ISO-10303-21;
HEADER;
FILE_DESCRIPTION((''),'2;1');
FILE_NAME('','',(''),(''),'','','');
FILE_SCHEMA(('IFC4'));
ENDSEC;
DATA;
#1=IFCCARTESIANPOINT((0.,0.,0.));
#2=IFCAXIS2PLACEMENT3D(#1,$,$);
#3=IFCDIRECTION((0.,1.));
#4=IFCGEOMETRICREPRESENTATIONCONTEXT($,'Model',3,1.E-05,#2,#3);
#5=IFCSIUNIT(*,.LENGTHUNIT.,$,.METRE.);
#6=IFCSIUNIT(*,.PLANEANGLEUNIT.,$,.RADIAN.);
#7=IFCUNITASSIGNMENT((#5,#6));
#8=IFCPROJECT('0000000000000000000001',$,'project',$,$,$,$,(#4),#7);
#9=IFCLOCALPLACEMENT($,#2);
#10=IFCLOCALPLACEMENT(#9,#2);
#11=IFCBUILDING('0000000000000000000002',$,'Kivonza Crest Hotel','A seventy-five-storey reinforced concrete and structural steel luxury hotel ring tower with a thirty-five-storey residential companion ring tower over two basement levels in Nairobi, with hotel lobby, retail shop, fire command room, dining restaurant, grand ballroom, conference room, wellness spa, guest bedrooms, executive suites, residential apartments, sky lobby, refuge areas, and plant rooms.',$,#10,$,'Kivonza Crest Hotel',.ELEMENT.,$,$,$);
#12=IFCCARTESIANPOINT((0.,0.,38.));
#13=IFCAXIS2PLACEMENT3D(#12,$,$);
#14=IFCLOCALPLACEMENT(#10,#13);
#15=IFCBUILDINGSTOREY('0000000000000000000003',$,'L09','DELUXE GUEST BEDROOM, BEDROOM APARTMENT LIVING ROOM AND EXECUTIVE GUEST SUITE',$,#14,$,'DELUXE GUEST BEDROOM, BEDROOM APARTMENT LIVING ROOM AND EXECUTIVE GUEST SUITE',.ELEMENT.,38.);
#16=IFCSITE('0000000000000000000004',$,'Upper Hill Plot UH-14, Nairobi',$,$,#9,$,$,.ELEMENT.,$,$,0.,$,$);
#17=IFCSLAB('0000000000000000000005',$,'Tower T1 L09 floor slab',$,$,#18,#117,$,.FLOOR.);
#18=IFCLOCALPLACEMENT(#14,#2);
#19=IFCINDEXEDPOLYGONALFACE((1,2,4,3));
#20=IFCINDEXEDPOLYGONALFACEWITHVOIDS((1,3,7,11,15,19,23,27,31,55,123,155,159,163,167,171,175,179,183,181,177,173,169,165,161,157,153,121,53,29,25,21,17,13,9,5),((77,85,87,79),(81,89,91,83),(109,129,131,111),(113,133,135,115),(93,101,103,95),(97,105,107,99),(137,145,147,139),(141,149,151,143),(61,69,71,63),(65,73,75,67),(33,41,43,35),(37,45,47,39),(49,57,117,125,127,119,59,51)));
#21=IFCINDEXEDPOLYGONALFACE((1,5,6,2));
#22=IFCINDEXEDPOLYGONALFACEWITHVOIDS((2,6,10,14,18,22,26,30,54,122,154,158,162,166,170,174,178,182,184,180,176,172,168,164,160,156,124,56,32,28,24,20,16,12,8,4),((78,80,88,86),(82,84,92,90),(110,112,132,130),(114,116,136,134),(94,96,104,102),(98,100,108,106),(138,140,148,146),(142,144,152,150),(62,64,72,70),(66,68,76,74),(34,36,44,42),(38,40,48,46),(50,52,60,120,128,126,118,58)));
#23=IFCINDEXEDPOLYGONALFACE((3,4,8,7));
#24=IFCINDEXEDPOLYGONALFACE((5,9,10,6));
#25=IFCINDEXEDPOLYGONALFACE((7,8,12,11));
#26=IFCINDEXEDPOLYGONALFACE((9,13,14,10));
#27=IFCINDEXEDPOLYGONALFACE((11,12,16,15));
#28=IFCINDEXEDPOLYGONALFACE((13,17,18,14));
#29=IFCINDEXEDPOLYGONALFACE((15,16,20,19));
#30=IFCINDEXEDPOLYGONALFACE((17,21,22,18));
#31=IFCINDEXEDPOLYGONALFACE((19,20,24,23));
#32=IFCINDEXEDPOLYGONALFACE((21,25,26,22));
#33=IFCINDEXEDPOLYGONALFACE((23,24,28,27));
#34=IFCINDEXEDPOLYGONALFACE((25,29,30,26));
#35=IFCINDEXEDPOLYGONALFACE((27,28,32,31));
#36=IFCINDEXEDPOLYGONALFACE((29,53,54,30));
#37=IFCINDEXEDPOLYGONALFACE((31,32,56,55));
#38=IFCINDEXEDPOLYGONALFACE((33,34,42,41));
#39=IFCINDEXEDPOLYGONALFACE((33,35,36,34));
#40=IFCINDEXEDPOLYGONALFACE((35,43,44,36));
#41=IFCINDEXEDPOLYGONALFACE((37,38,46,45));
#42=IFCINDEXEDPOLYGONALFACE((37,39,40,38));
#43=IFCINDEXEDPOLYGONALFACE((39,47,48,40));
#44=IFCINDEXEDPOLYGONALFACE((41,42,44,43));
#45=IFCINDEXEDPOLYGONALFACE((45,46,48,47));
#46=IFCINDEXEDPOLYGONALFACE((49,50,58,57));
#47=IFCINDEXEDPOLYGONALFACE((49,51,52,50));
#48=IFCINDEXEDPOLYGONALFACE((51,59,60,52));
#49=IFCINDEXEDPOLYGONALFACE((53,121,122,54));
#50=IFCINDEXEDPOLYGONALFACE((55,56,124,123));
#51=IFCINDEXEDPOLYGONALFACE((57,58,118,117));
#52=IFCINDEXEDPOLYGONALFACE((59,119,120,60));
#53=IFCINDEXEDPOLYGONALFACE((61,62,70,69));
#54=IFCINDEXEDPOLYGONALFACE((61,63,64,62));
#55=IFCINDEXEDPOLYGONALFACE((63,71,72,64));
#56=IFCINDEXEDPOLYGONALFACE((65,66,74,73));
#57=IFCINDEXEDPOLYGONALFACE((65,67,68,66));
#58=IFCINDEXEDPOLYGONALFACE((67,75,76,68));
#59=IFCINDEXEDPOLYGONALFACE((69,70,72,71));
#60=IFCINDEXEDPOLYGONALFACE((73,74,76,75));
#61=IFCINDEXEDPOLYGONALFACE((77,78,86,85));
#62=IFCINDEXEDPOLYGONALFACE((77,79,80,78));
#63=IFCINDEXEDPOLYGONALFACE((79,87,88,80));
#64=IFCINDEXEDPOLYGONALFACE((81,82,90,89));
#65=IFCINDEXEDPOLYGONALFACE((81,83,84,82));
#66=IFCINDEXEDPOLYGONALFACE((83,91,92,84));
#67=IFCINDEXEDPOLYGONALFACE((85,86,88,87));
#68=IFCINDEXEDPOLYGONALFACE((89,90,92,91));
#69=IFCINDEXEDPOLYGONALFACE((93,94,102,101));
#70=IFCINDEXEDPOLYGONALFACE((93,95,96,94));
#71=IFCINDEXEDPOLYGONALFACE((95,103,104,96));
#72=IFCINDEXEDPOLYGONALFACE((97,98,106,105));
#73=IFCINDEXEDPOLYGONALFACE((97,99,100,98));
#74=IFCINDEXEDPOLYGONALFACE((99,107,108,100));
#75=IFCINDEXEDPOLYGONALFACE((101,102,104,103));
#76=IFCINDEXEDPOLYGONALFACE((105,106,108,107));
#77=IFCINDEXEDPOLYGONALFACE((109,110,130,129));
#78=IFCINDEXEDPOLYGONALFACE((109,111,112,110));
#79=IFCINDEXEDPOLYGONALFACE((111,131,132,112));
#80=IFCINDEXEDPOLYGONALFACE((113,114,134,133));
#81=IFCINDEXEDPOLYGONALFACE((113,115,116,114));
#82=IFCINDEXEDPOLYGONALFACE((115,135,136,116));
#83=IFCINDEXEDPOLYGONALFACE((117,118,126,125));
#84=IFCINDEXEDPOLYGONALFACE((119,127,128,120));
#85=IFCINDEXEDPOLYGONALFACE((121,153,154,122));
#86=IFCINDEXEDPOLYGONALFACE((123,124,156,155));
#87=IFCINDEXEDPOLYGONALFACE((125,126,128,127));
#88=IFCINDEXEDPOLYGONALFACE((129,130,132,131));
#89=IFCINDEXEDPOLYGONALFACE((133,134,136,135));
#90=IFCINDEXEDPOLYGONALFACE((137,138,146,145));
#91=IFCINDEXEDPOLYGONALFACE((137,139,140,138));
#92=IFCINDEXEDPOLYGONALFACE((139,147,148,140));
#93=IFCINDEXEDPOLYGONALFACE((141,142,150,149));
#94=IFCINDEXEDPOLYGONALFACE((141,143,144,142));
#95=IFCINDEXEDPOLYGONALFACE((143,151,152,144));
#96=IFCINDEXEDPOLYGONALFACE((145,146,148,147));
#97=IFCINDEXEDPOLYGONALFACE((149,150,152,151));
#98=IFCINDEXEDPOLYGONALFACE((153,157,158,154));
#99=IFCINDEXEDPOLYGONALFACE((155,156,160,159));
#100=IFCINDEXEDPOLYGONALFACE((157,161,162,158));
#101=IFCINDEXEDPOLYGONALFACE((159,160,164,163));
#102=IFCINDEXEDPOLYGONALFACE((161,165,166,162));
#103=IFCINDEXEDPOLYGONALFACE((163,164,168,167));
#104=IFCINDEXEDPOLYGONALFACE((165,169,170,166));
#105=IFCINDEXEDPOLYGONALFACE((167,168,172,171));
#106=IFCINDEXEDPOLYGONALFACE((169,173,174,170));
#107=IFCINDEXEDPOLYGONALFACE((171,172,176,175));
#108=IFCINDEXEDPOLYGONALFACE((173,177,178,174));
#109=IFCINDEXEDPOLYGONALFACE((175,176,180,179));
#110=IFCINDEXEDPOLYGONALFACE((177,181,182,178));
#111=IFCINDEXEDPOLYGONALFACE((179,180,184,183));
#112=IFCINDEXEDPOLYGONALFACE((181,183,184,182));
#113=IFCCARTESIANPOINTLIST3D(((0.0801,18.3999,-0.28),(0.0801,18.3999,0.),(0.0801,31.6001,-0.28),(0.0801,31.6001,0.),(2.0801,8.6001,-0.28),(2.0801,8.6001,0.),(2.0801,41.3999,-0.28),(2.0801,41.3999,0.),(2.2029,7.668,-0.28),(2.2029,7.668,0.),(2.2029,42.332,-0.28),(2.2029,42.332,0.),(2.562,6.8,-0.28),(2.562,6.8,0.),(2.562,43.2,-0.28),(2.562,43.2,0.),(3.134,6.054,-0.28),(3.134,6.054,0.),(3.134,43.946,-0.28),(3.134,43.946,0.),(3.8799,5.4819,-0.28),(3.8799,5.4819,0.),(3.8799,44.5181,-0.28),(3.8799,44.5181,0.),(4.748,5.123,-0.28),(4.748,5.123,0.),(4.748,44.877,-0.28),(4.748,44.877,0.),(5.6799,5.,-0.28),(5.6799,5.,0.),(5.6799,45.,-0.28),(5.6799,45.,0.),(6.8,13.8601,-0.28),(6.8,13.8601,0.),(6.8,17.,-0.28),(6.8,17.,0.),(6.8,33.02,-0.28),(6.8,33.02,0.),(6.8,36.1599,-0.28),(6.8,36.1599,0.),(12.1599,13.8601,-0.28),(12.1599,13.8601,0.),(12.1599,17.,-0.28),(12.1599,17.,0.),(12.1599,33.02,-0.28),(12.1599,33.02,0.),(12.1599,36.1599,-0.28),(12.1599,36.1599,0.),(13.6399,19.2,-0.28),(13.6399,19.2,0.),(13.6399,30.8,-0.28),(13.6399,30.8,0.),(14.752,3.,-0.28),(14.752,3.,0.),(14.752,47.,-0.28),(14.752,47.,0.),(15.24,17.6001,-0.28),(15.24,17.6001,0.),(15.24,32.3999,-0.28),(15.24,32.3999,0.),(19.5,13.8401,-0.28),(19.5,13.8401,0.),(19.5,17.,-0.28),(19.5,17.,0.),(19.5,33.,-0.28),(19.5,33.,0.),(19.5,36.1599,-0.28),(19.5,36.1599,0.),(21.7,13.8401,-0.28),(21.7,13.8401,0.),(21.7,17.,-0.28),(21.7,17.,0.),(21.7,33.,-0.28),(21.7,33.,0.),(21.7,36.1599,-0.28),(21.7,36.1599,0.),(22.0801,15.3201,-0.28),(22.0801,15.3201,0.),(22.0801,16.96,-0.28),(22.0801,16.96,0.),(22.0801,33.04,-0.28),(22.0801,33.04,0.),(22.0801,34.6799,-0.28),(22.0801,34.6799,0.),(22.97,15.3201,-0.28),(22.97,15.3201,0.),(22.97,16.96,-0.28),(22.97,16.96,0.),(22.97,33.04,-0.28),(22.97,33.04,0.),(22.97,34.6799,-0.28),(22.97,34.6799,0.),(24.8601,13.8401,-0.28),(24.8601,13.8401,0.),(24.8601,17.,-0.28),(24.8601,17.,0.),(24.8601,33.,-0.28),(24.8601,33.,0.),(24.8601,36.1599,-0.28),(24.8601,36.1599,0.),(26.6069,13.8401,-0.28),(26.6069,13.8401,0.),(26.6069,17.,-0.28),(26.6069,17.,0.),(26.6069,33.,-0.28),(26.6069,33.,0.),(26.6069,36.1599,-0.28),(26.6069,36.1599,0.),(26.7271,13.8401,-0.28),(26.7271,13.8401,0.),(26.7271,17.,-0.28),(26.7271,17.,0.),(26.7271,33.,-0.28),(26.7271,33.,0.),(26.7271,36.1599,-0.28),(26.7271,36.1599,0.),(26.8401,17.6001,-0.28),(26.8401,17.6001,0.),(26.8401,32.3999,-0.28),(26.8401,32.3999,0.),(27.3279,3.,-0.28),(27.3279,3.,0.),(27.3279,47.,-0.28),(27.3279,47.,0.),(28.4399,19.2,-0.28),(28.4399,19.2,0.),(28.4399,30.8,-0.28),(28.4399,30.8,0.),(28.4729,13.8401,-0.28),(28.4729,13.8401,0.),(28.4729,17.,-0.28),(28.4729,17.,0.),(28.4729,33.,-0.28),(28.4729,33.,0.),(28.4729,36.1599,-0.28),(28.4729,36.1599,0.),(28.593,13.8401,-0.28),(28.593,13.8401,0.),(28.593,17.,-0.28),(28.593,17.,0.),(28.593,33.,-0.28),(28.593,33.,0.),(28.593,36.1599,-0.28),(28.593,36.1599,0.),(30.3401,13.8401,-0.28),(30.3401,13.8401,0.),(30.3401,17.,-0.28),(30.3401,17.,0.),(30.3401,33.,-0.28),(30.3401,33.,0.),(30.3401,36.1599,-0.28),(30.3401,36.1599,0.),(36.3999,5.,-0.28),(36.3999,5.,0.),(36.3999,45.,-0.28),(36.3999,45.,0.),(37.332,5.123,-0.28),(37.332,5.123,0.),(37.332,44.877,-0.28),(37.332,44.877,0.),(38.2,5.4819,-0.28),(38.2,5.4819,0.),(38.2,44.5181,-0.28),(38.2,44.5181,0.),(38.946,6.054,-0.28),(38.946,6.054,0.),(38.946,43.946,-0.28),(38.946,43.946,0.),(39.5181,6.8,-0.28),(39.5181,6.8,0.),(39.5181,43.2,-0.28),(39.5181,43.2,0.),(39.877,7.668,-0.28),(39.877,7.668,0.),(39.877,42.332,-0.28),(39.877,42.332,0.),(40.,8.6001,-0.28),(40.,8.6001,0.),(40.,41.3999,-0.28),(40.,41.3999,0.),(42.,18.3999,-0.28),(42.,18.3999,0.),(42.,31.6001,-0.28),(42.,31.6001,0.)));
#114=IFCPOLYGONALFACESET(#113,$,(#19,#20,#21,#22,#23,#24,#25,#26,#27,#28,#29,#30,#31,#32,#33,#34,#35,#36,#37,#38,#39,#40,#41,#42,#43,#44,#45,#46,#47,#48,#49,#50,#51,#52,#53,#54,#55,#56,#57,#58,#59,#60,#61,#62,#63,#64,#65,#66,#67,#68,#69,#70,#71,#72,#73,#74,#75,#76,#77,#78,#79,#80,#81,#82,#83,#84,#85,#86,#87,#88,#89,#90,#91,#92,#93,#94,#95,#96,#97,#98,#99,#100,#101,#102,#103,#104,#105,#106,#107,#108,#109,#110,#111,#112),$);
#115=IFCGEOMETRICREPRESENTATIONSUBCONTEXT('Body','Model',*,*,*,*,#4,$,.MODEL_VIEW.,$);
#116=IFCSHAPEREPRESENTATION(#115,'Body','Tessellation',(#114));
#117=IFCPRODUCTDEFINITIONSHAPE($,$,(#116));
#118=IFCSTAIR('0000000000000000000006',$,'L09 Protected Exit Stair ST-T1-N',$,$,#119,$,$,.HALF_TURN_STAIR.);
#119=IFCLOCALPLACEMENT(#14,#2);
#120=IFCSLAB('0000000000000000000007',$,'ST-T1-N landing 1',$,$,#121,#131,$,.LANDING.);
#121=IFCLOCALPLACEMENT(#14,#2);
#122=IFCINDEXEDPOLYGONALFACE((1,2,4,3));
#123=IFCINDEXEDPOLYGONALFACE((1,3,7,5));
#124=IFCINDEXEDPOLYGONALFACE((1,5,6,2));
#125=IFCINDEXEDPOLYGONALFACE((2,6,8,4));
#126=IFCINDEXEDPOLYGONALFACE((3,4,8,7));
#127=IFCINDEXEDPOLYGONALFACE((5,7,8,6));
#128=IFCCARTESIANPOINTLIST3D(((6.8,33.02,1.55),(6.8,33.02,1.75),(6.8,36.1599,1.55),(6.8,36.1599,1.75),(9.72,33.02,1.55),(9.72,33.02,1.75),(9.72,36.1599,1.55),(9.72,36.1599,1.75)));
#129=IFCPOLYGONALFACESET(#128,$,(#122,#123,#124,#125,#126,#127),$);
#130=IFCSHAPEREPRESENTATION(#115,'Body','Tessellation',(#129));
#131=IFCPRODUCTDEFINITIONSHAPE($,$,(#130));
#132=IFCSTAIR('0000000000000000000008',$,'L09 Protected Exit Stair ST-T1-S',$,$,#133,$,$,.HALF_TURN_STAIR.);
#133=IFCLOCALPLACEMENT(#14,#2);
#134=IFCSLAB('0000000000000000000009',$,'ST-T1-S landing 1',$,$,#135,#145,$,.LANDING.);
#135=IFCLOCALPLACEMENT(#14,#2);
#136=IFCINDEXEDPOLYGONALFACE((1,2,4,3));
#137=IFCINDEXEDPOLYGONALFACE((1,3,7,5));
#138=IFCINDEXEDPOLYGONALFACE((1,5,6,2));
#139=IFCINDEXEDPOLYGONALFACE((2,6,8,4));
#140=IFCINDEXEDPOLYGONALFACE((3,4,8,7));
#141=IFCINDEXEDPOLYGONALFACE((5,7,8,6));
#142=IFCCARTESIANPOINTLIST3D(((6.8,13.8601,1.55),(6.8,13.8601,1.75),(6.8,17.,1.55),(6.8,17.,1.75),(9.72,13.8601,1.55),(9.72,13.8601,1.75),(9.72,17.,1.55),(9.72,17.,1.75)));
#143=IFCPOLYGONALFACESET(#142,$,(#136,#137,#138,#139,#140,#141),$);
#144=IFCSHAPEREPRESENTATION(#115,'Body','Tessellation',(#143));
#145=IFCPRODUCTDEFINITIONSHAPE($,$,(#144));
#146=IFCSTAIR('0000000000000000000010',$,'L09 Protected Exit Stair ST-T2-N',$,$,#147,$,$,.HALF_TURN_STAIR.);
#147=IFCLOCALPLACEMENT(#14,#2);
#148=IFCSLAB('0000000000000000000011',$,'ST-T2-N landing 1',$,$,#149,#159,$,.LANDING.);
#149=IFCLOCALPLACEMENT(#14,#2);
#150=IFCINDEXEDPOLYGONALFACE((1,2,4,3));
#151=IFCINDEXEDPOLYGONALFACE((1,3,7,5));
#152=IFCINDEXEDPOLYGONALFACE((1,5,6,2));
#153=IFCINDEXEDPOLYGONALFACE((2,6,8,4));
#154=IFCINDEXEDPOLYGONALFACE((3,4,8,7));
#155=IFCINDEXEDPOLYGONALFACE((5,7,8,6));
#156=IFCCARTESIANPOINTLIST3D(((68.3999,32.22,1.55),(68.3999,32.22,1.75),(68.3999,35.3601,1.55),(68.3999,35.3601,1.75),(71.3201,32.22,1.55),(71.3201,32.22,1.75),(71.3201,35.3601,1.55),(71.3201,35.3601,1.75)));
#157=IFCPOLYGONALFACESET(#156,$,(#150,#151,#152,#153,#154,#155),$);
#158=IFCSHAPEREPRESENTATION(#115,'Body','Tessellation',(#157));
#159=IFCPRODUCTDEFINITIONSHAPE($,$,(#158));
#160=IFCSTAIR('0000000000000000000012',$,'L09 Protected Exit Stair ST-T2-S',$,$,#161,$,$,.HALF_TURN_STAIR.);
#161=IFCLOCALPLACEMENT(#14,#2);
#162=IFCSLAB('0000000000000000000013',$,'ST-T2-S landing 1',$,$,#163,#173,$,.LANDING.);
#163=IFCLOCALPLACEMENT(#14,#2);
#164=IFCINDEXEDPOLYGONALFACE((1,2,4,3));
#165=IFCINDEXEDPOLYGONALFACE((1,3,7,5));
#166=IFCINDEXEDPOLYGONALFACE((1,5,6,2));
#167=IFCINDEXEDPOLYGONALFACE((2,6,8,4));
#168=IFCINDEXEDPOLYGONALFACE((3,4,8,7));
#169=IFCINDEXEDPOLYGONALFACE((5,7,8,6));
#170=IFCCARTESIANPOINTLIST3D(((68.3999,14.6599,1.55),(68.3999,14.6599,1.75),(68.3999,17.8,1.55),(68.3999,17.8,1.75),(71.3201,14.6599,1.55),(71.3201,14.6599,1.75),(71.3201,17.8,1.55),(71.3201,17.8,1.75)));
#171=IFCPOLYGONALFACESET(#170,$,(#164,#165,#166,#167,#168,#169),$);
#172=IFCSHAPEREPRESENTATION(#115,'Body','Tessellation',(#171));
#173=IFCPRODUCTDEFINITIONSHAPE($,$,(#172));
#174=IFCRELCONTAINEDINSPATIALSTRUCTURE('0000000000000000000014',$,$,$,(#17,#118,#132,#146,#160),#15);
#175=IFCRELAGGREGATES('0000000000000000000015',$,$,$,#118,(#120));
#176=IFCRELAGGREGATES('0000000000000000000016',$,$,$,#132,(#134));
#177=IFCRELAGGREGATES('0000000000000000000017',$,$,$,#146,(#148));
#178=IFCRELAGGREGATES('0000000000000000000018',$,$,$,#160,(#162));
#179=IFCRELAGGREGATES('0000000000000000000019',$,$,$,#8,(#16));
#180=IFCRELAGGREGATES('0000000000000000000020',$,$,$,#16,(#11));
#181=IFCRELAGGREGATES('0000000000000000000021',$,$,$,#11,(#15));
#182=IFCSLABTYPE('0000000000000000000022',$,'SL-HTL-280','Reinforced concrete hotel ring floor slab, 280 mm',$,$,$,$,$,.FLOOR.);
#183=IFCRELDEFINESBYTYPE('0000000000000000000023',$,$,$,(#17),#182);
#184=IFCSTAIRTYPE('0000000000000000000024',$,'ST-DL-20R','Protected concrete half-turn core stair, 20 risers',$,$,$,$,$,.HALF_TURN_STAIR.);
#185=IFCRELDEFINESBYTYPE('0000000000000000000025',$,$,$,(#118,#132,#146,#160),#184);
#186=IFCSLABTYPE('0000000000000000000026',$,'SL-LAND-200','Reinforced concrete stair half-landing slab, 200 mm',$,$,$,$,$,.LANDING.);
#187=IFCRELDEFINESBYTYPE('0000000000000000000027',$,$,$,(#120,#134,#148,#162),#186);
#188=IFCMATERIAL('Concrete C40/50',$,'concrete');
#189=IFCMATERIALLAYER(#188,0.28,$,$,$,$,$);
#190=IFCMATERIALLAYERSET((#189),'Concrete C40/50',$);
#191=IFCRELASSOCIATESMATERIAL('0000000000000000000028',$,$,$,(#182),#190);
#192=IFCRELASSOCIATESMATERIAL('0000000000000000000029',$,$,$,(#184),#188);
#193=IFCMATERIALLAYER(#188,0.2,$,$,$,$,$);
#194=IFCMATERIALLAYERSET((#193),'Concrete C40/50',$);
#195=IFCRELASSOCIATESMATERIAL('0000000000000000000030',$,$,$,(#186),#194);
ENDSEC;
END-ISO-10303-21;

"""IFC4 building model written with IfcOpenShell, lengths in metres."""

from ifc_helpers import new_model, si_unit, direction, frame, origin, place, context, subcontext, project, spatial, polyline, outline, extrude, material, layer, layer_set, type_object, element, aggregate, save


model = new_model("IFC4")

# Units and contexts
model_context = context("Model", 3, precision=1e-05, world=origin(), true_north=direction((0.0, 1.0)))
body_context = subcontext(model_context, "Body", "Model", "MODEL_VIEW")
ifc_project = project(units=[si_unit("LENGTHUNIT", "METRE"), si_unit("PLANEANGLEUNIT", "RADIAN")], contexts=[model_context])

# Site, building, storey
site_placement = place(None, origin())
site = spatial("IfcSite", under=ifc_project, at=site_placement, Name="Upper Hill Plot UH-14, Nairobi", CompositionType="ELEMENT", RefElevation=0.0)
building_placement = place(site_placement, origin())
building = spatial("IfcBuilding", under=site, at=building_placement, Name="Kivonza Crest Hotel", Description="A seventy-five-storey reinforced concrete and structural steel luxury hotel ring tower with a thirty-five-storey residential companion ring tower over two basement levels in Nairobi, with hotel lobby, retail shop, fire command room, dining restaurant, grand ballroom, conference room, wellness spa, guest bedrooms, executive suites, residential apartments, sky lobby, refuge areas, and plant rooms.", LongName="Kivonza Crest Hotel", CompositionType="ELEMENT")
storey_placement = place(building_placement, frame((0.0, 0.0, 38.0)))
storey = spatial("IfcBuildingStorey", under=building, at=storey_placement, Name="L09", Description="DELUXE GUEST BEDROOM, BEDROOM APARTMENT LIVING ROOM AND EXECUTIVE GUEST SUITE", LongName="DELUXE GUEST BEDROOM, BEDROOM APARTMENT LIVING ROOM AND EXECUTIVE GUEST SUITE", CompositionType="ELEMENT", Elevation=38.0)

# Slab
ifc_material_1 = material(Name="Concrete C40/50", Category="concrete")
ifc_layer_1 = layer(ifc_material_1, 0.28)
ifc_layer_set_1 = layer_set([ifc_layer_1], Name="Concrete C40/50")
slab_type_1 = type_object("IfcSlabType", Name="SL-HTL-280", Description="Reinforced concrete hotel ring floor slab, 280 mm", PredefinedType="FLOOR", material=ifc_layer_set_1)
slab_1_placement = place(storey_placement, frame((0.0, 0.0, -0.28)))
element("IfcSlab", 1, at=slab_1_placement, inside=storey, type_object=slab_type_1, Name="Tower T1 L09 floor slab", PredefinedType="FLOOR", context=body_context, shape_type="SweptSolid", body=[
    extrude(outline(polyline([(2.0801, 8.6001), (2.2029, 7.668), (2.562, 6.8), (3.134, 6.054), (3.8799, 5.4819), (4.748, 5.123), (5.6799, 5.0), (14.752, 3.0), (27.3279, 3.0), (36.3999, 5.0), (37.332, 5.123), (38.2, 5.4819), (38.946, 6.054), (39.5181, 6.8), (39.877, 7.668), (40.0, 8.6001), (42.0, 18.3999), (42.0, 31.6001), (40.0, 41.3999), (39.877, 42.332), (39.5181, 43.2), (38.946, 43.946), (38.2, 44.5181), (37.332, 44.877), (36.3999, 45.0), (27.3279, 47.0), (14.752, 47.0), (5.6799, 45.0), (4.748, 44.877), (3.8799, 44.5181), (3.134, 43.946), (2.562, 43.2), (2.2029, 42.332), (2.0801, 41.3999), (0.0801, 31.6001), (0.0801, 18.3999), (2.0801, 8.6001)]), holes=[polyline([(15.24, 17.6001), (26.8401, 17.6001), (28.4399, 19.2), (28.4399, 30.8), (26.8401, 32.3999), (15.24, 32.3999), (13.6399, 30.8), (13.6399, 19.2), (15.24, 17.6001)]), polyline([(6.8, 33.02), (12.1599, 33.02), (12.1599, 36.1599), (6.8, 36.1599), (6.8, 33.02)]), polyline([(6.8, 13.8601), (12.1599, 13.8601), (12.1599, 17.0), (6.8, 17.0), (6.8, 13.8601)]), polyline([(22.0801, 33.04), (22.97, 33.04), (22.97, 34.6799), (22.0801, 34.6799), (22.0801, 33.04)]), polyline([(22.0801, 15.3201), (22.97, 15.3201), (22.97, 16.96), (22.0801, 16.96), (22.0801, 15.3201)]), polyline([(19.5, 33.0), (21.7, 33.0), (21.7, 36.1599), (19.5, 36.1599), (19.5, 33.0)]), polyline([(24.8601, 33.0), (26.6069, 33.0), (26.6069, 36.1599), (24.8601, 36.1599), (24.8601, 33.0)]), polyline([(26.7271, 33.0), (28.4729, 33.0), (28.4729, 36.1599), (26.7271, 36.1599), (26.7271, 33.0)]), polyline([(28.593, 33.0), (30.3401, 33.0), (30.3401, 36.1599), (28.593, 36.1599), (28.593, 33.0)]), polyline([(19.5, 13.8401), (21.7, 13.8401), (21.7, 17.0), (19.5, 17.0), (19.5, 13.8401)]), polyline([(24.8601, 13.8401), (26.6069, 13.8401), (26.6069, 17.0), (24.8601, 17.0), (24.8601, 13.8401)]), polyline([(26.7271, 13.8401), (28.4729, 13.8401), (28.4729, 17.0), (26.7271, 17.0), (26.7271, 13.8401)]), polyline([(28.593, 13.8401), (30.3401, 13.8401), (30.3401, 17.0), (28.593, 17.0), (28.593, 13.8401)])]), origin(), (0.0, 0.0, 1.0), 0.28),
])

# Stairs, slabs
stair_type = type_object("IfcStairType", Name="ST-DL-20R", Description="Protected concrete half-turn core stair, 20 risers", PredefinedType="HALF_TURN_STAIR", material=ifc_material_1)
stair_1_placement = place(storey_placement, origin())
stair_1 = element("IfcStair", 2, at=stair_1_placement, inside=storey, type_object=stair_type, Name="L09 Protected Exit Stair ST-T1-N", PredefinedType="HALF_TURN_STAIR")
ifc_layer_2 = layer(ifc_material_1, 0.2)
ifc_layer_set_2 = layer_set([ifc_layer_2], Name="Concrete C40/50")
slab_type_2 = type_object("IfcSlabType", Name="SL-LAND-200", Description="Reinforced concrete stair half-landing slab, 200 mm", PredefinedType="LANDING", material=ifc_layer_set_2)
slab_2_placement = place(storey_placement, frame((0.0, 0.0, 1.55)))
slab_2 = element("IfcSlab", 3, at=slab_2_placement, type_object=slab_type_2, Name="ST-T1-N landing 1", PredefinedType="LANDING", context=body_context, shape_type="SweptSolid", body=[
    extrude(outline(polyline([(9.72, 36.1599), (6.8, 36.1599), (6.8, 33.02), (9.72, 33.02), (9.72, 36.1599)])), origin(), (0.0, 0.0, 1.0), 0.2),
])
aggregate(stair_1, [slab_2])
stair_2_placement = place(storey_placement, origin())
stair_2 = element("IfcStair", 4, at=stair_2_placement, inside=storey, type_object=stair_type, Name="L09 Protected Exit Stair ST-T1-S", PredefinedType="HALF_TURN_STAIR")
slab_3_placement = place(storey_placement, frame((0.0, 0.0, 1.55)))
slab_3 = element("IfcSlab", 5, at=slab_3_placement, type_object=slab_type_2, Name="ST-T1-S landing 1", PredefinedType="LANDING", context=body_context, shape_type="SweptSolid", body=[
    extrude(outline(polyline([(9.72, 17.0), (6.8, 17.0), (6.8, 13.8601), (9.72, 13.8601), (9.72, 17.0)])), origin(), (0.0, 0.0, 1.0), 0.2),
])
aggregate(stair_2, [slab_3])
stair_3_placement = place(storey_placement, origin())
stair_3 = element("IfcStair", 6, at=stair_3_placement, inside=storey, type_object=stair_type, Name="L09 Protected Exit Stair ST-T2-N", PredefinedType="HALF_TURN_STAIR")
slab_4_placement = place(storey_placement, frame((0.0, 0.0, 1.55)))
slab_4 = element("IfcSlab", 7, at=slab_4_placement, type_object=slab_type_2, Name="ST-T2-N landing 1", PredefinedType="LANDING", context=body_context, shape_type="SweptSolid", body=[
    extrude(outline(polyline([(71.3201, 35.3601), (68.3999, 35.3601), (68.3999, 32.22), (71.3201, 32.22), (71.3201, 35.3601)])), origin(), (0.0, 0.0, 1.0), 0.2),
])
aggregate(stair_3, [slab_4])
stair_4_placement = place(storey_placement, origin())
stair_4 = element("IfcStair", 8, at=stair_4_placement, inside=storey, type_object=stair_type, Name="L09 Protected Exit Stair ST-T2-S", PredefinedType="HALF_TURN_STAIR")
slab_5_placement = place(storey_placement, frame((0.0, 0.0, 1.55)))
slab_5 = element("IfcSlab", 9, at=slab_5_placement, type_object=slab_type_2, Name="ST-T2-S landing 1", PredefinedType="LANDING", context=body_context, shape_type="SweptSolid", body=[
    extrude(outline(polyline([(71.3201, 17.8), (68.3999, 17.8), (68.3999, 14.6599), (71.3201, 14.6599), (71.3201, 17.8)])), origin(), (0.0, 0.0, 1.0), 0.2),
])
aggregate(stair_4, [slab_5])

save(model, "model.ifc")
